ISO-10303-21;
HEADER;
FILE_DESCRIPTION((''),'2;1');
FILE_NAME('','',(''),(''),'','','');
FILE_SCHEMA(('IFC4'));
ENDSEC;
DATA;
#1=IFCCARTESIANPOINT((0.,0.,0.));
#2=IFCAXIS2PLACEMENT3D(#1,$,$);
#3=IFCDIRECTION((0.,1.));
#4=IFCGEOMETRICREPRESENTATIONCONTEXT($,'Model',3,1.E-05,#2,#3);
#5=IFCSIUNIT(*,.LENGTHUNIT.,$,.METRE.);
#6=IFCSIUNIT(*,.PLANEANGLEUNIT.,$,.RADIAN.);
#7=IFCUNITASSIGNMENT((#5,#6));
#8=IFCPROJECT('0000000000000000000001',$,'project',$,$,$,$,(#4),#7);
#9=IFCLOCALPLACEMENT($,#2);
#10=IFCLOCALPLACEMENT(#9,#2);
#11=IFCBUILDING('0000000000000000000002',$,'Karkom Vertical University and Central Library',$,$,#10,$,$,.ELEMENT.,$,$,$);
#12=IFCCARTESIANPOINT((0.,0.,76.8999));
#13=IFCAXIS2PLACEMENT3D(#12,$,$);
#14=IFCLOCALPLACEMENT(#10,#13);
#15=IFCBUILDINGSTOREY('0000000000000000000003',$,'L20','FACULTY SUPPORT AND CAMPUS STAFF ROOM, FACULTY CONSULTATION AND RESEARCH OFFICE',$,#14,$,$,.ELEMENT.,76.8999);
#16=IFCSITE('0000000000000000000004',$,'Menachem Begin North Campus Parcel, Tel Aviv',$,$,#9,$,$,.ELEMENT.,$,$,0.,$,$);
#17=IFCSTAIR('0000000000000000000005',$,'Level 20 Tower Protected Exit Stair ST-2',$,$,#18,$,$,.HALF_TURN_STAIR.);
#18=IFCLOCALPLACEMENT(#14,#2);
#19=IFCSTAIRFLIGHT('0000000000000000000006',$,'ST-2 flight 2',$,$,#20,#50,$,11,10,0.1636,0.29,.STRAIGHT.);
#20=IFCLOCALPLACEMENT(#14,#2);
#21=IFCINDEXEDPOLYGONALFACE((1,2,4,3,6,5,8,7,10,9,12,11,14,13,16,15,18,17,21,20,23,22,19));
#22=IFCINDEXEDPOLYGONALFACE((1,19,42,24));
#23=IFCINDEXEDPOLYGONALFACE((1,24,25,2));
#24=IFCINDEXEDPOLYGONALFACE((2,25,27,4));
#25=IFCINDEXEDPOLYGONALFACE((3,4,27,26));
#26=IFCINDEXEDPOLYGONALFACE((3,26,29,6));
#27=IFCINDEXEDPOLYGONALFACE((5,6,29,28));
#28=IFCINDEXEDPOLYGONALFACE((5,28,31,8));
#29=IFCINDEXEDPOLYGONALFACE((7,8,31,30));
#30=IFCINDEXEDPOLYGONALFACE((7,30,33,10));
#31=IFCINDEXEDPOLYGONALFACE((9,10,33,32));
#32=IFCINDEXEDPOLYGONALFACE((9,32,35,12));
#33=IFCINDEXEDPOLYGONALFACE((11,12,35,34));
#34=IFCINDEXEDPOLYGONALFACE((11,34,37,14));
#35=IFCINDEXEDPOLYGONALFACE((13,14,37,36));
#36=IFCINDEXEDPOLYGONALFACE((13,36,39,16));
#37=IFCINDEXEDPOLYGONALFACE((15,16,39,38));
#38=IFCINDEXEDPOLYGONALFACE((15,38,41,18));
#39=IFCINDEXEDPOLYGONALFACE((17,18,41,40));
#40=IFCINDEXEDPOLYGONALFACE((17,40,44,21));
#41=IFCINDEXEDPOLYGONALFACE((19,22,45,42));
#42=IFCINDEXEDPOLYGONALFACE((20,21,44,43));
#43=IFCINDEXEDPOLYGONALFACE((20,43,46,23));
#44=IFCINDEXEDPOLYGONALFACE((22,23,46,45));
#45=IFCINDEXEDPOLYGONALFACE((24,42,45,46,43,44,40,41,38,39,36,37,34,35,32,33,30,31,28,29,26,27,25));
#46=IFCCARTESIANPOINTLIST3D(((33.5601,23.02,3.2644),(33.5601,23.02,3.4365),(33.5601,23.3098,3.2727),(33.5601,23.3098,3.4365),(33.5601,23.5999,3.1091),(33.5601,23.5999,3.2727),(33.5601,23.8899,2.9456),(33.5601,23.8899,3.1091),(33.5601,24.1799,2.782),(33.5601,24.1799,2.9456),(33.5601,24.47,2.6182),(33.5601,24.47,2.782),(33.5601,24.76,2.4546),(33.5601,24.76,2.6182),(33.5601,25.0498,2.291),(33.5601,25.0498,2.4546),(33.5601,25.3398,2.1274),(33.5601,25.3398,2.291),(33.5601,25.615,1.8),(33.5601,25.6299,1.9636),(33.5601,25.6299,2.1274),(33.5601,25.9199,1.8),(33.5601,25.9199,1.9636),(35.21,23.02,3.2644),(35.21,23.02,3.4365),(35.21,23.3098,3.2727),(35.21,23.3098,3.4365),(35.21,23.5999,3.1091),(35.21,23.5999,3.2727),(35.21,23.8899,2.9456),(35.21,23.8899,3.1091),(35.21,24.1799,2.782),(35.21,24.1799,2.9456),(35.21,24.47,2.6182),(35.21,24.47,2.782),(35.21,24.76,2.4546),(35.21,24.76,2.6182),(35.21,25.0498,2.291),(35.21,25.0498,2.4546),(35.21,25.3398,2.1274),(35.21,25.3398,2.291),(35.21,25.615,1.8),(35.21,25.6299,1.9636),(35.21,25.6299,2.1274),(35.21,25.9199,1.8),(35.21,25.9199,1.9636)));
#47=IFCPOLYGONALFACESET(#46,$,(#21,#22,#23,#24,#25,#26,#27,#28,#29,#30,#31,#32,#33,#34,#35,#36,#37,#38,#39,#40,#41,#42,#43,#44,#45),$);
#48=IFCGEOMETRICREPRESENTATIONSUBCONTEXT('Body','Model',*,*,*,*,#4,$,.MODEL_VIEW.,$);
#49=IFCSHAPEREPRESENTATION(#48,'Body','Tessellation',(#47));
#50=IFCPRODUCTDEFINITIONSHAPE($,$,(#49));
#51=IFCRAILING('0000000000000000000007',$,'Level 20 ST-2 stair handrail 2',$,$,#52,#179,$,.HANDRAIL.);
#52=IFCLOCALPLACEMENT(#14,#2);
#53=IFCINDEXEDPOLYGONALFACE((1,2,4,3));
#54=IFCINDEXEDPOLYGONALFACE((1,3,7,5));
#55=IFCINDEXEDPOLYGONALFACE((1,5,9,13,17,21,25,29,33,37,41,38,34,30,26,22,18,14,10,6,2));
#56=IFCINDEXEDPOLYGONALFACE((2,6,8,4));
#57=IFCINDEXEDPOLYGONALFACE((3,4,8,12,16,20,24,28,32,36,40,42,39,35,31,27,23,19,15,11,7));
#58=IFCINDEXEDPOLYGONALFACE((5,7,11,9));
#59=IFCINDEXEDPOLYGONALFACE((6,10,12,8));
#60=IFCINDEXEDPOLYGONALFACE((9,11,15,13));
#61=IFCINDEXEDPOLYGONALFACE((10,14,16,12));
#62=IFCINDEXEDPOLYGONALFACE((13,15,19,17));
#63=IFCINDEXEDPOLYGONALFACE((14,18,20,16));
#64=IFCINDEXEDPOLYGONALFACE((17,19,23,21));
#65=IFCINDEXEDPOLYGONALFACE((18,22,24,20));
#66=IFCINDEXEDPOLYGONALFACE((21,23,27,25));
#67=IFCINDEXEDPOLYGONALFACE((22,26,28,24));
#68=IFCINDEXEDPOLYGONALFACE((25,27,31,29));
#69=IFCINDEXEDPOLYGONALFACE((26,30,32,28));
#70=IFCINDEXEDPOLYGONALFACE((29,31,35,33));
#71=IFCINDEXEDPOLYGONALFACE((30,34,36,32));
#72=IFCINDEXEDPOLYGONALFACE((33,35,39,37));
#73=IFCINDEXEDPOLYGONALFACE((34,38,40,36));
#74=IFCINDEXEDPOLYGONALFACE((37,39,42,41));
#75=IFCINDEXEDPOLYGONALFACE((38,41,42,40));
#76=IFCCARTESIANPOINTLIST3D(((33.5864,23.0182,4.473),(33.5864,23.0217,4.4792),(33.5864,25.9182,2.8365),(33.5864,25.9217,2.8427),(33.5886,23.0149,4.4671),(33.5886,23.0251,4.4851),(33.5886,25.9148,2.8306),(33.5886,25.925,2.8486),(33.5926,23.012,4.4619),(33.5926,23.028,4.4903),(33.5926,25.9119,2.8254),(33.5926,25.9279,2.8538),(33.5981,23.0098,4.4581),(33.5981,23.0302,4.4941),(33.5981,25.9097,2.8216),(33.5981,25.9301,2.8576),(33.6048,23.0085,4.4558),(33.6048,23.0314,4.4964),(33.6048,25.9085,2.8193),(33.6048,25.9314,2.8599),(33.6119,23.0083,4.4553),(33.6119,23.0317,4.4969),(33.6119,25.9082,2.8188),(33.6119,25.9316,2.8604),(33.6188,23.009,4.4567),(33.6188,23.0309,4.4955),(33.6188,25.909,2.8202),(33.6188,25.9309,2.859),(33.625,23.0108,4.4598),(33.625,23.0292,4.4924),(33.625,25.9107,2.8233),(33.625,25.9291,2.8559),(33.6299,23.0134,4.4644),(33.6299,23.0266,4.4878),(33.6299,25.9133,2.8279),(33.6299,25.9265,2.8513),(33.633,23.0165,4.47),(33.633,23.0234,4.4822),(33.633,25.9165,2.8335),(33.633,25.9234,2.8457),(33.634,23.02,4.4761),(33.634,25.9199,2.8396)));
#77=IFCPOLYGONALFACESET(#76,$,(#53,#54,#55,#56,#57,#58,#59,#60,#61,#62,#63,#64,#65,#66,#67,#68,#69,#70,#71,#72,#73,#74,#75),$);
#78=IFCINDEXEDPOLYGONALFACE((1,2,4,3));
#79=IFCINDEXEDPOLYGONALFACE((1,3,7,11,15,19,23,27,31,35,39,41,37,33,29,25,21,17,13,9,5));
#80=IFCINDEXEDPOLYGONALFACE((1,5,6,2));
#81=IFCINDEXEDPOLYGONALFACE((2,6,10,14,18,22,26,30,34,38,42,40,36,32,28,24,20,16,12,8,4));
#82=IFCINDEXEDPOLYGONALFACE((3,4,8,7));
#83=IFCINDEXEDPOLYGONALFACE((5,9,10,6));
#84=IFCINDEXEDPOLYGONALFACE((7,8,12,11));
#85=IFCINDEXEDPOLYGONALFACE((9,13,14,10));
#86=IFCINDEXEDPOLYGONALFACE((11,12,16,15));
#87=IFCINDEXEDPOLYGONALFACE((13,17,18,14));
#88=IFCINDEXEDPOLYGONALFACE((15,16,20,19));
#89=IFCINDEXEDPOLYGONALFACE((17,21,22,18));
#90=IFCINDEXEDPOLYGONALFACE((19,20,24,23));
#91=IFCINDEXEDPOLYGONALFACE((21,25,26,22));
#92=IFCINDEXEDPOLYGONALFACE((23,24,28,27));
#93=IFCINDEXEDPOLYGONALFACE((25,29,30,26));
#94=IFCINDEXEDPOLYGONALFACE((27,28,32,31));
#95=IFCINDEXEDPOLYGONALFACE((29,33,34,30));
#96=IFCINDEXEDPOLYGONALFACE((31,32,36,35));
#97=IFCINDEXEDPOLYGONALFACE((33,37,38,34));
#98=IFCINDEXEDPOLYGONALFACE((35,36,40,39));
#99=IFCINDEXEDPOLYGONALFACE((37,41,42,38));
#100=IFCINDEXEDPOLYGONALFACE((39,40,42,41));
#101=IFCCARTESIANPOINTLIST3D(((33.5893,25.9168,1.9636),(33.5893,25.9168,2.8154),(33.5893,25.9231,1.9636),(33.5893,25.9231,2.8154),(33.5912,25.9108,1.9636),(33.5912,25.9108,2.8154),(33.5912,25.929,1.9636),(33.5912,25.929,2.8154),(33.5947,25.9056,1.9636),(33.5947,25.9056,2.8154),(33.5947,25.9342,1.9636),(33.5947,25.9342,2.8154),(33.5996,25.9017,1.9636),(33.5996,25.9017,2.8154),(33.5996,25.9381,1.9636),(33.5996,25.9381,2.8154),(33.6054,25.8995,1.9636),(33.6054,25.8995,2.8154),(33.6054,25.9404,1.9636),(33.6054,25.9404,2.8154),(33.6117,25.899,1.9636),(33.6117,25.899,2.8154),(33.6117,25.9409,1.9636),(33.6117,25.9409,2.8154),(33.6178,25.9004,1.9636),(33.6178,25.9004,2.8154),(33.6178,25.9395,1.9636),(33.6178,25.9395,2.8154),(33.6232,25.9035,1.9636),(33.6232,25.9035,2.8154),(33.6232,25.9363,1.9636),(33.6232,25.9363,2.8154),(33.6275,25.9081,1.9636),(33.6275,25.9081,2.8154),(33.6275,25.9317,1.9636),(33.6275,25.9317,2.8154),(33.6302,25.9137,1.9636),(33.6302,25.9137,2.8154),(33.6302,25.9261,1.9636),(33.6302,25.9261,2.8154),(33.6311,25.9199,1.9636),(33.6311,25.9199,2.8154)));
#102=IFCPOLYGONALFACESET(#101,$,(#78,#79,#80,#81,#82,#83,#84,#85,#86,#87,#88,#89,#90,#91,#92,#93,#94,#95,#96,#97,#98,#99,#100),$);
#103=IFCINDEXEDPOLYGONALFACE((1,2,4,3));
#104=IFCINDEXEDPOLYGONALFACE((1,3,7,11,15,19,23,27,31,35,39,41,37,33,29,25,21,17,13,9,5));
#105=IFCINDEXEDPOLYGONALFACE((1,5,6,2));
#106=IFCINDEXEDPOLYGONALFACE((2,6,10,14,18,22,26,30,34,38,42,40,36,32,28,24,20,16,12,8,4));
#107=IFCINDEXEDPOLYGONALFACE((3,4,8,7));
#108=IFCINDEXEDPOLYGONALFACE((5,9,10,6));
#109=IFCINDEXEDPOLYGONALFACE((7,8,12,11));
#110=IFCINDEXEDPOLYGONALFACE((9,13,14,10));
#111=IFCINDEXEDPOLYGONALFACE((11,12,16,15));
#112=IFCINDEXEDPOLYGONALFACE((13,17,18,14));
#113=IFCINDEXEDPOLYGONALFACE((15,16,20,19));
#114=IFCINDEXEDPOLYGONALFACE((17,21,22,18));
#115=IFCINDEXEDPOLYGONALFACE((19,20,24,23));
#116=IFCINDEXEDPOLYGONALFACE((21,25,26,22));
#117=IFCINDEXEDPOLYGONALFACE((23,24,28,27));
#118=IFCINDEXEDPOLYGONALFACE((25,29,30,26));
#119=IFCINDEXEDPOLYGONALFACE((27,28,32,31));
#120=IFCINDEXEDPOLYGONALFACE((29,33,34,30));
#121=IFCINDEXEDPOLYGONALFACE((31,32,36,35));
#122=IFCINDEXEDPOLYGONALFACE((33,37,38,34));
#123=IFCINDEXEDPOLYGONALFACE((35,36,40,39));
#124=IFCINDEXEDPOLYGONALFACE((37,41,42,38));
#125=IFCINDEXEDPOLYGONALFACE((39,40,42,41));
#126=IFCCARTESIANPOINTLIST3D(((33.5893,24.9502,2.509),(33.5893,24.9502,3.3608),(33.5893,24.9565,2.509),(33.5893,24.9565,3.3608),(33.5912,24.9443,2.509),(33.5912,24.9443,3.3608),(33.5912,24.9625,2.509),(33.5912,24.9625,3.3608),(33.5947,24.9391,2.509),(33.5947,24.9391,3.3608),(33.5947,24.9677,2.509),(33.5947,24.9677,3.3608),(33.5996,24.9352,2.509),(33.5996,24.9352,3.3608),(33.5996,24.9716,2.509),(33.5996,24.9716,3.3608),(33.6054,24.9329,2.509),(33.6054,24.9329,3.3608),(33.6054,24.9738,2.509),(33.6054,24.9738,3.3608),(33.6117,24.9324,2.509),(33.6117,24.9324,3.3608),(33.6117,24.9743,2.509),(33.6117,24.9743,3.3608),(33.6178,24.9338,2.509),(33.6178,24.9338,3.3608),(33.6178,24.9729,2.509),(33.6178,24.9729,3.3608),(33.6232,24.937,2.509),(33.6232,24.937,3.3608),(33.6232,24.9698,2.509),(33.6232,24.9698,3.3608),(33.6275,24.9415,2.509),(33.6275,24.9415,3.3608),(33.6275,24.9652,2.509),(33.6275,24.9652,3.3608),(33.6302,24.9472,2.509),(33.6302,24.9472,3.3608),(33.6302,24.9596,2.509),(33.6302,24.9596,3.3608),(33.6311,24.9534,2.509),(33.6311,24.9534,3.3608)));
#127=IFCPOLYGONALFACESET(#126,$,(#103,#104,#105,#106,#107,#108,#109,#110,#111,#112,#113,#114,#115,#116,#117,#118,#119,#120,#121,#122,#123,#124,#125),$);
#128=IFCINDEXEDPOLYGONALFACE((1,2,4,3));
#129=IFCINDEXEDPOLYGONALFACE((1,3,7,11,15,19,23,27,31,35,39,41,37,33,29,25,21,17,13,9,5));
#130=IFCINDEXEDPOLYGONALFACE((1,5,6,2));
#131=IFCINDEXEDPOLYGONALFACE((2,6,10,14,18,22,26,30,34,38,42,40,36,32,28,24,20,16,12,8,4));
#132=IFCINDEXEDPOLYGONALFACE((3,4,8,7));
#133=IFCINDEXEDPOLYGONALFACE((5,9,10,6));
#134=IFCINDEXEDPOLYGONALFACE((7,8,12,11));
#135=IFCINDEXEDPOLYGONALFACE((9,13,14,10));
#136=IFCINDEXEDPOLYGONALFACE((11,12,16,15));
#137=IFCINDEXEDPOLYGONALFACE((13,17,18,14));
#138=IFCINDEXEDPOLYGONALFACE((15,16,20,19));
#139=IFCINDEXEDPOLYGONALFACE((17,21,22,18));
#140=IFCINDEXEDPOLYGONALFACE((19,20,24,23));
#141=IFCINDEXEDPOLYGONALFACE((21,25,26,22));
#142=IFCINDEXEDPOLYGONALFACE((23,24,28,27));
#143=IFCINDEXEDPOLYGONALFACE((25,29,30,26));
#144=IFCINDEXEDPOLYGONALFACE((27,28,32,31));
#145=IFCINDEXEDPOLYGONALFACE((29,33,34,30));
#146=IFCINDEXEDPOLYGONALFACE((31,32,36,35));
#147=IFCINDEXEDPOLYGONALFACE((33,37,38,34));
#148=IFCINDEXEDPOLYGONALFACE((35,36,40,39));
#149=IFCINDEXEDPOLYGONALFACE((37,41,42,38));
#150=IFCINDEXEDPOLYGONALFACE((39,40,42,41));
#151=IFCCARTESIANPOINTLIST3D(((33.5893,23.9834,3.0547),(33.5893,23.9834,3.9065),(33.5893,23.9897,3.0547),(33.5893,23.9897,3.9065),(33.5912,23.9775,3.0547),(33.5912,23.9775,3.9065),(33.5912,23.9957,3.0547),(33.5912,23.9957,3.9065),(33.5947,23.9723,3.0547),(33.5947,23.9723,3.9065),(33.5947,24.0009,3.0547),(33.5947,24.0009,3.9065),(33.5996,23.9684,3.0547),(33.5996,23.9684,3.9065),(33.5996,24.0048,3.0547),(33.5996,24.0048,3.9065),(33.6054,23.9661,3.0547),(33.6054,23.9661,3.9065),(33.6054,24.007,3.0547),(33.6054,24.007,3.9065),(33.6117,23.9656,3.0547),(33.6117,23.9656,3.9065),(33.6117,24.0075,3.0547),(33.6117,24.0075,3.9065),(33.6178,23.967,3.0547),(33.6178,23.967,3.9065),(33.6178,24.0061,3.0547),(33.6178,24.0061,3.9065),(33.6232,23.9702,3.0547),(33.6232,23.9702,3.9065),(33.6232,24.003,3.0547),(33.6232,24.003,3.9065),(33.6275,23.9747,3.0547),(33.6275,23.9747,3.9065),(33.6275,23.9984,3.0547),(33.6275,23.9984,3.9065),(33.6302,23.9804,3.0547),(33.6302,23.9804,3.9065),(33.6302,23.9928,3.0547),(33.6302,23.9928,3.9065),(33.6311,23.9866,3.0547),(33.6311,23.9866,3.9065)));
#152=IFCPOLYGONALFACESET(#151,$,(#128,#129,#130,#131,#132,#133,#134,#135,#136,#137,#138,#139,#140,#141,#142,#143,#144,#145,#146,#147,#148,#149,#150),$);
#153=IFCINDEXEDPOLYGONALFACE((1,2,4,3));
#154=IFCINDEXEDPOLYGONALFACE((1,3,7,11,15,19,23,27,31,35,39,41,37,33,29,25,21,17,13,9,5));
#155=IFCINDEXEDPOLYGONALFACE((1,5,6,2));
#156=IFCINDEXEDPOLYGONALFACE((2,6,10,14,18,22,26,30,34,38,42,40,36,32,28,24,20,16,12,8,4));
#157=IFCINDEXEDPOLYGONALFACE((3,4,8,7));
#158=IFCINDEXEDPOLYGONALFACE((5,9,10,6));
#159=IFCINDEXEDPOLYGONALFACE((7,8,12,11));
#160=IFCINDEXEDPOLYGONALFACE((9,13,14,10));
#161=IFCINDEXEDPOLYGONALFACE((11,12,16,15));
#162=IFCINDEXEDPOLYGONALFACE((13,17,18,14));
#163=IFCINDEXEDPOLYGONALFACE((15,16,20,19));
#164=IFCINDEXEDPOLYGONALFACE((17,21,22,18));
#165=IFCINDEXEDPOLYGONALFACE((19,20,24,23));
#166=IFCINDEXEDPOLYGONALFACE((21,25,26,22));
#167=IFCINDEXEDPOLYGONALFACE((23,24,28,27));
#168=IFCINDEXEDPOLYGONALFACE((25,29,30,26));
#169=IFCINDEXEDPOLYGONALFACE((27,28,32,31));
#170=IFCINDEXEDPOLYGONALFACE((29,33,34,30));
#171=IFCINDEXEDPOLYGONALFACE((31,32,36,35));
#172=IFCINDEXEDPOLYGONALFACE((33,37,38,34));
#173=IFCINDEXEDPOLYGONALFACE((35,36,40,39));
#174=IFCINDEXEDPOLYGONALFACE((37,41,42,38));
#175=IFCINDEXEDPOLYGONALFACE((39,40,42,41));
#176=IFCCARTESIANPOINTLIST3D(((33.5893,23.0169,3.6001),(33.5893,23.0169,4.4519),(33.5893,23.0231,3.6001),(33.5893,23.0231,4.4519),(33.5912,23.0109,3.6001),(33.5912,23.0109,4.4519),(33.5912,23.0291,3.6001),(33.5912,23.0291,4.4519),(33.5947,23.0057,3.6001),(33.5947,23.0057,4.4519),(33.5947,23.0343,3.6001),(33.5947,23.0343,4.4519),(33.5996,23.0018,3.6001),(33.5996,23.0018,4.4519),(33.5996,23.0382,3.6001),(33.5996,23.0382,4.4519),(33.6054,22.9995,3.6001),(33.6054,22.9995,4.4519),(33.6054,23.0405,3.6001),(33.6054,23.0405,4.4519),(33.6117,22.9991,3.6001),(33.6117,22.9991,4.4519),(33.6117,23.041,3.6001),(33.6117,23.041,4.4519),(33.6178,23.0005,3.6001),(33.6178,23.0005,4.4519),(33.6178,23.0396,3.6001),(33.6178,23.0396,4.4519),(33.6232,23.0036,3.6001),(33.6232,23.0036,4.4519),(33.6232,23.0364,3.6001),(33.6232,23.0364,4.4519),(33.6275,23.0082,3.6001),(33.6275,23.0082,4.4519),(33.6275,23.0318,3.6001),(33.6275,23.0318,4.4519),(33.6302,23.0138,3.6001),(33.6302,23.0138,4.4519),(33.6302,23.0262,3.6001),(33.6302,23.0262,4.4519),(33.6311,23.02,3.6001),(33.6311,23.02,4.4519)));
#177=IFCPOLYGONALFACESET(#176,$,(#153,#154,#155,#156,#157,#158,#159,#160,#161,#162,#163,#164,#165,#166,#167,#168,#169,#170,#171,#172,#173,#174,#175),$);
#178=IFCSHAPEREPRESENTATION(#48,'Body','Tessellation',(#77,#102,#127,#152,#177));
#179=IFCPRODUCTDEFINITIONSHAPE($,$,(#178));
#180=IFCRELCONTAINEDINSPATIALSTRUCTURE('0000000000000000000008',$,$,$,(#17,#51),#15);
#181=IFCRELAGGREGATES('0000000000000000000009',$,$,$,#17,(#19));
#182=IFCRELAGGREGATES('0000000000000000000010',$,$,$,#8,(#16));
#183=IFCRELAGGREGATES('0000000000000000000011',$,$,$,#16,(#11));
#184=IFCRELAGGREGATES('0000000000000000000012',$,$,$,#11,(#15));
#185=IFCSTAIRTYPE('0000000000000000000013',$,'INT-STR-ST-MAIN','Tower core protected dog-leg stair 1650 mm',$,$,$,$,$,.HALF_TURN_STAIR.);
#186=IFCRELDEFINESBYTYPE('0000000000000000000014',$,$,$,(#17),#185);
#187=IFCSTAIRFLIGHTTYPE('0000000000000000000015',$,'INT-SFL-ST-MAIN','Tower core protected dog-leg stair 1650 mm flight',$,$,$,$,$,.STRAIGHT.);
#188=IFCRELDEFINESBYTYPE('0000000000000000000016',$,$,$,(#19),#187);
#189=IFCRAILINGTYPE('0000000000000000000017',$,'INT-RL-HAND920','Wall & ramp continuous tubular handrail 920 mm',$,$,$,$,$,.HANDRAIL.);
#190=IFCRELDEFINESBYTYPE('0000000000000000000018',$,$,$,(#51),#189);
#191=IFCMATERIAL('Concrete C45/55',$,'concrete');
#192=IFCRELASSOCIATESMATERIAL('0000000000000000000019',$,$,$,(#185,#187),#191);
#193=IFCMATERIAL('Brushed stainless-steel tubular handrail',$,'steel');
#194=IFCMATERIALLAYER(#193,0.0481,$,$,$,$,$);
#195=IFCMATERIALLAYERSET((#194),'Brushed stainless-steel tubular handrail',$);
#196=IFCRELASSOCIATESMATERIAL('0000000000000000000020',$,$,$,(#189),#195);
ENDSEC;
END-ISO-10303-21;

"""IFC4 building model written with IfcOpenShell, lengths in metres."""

from ifc_helpers import new_model, si_unit, direction, frame, origin, origin_2d, place, context, subcontext, project, spatial, polyline, circle, outline, extrude, material, layer, layer_set, type_object, element, aggregate, save


model = new_model("IFC4")

# Units and contexts
model_context = context("Model", 3, precision=1e-05, world=origin(), true_north=direction((0.0, 1.0)))
body_context = subcontext(model_context, "Body", "Model", "MODEL_VIEW")
ifc_project = project(units=[si_unit("LENGTHUNIT", "METRE"), si_unit("PLANEANGLEUNIT", "RADIAN")], contexts=[model_context])

# Site, building, storey
site_placement = place(None, origin())
site = spatial("IfcSite", under=ifc_project, at=site_placement, Name="Menachem Begin North Campus Parcel, Tel Aviv", CompositionType="ELEMENT", RefElevation=0.0)
building_placement = place(site_placement, origin())
building = spatial("IfcBuilding", under=site, at=building_placement, Name="Karkom Vertical University and Central Library", CompositionType="ELEMENT")
storey_placement = place(building_placement, frame((0.0, 0.0, 76.8999)))
storey = spatial("IfcBuildingStorey", under=building, at=storey_placement, Name="L20", Description="FACULTY SUPPORT AND CAMPUS STAFF ROOM, FACULTY CONSULTATION AND RESEARCH OFFICE", CompositionType="ELEMENT", Elevation=76.8999)

# Shared definitions
ifc_material_1 = material(Name="Concrete C45/55", Category="concrete")

# Stair, stair flight
stair_type = type_object("IfcStairType", Name="INT-STR-ST-MAIN", Description="Tower core protected dog-leg stair 1650 mm", PredefinedType="HALF_TURN_STAIR", material=ifc_material_1)
stair_placement = place(storey_placement, origin())
stair = element("IfcStair", 1, at=stair_placement, inside=storey, type_object=stair_type, Name="Level 20 Tower Protected Exit Stair ST-2", PredefinedType="HALF_TURN_STAIR")
stair_flight_type = type_object("IfcStairFlightType", Name="INT-SFL-ST-MAIN", Description="Tower core protected dog-leg stair 1650 mm flight", PredefinedType="STRAIGHT", material=ifc_material_1)
stair_flight_placement = place(storey_placement, frame((34.385, 25.9199, 1.8), z_axis=(0.0, 0.0, 1.0), x_axis=(0.0, -1.0, 0.0)))
stair_flight = element("IfcStairFlight", 2, at=stair_flight_placement, type_object=stair_flight_type, Name="ST-2 flight 2", NumberOfRisers=11, NumberOfTreads=10, PredefinedType="STRAIGHT", RiserHeight=0.1636, TreadLength=0.29, context=body_context, shape_type="SweptSolid", body=[
    extrude(outline(polyline([(0.0, 0.0), (0.0, 0.1636), (0.29, 0.1636), (0.29, 0.3274), (0.5801, 0.3274), (0.5801, 0.491), (0.8701, 0.491), (0.8701, 0.6545), (1.1599, 0.6545), (1.1599, 0.8181), (1.45, 0.8181), (1.45, 0.9819), (1.74, 0.9819), (1.74, 1.1455), (2.03, 1.1455), (2.03, 1.3091), (2.3201, 1.3091), (2.3201, 1.4727), (2.6101, 1.4727), (2.6101, 1.6365), (2.8999, 1.6365), (2.8999, 1.8), (2.8999, 1.4644), (0.3049, 0.0), (0.0, 0.0)])), frame((0.0, 0.825, 0.0), z_axis=(0.0, -1.0, 0.0), x_axis=(1.0, 0.0, 0.0)), (0.0, 0.0, 1.0), 1.6499),
])
aggregate(stair, [stair_flight])

# Railing
ifc_material_2 = material(Name="Brushed stainless-steel tubular handrail", Category="steel")
ifc_layer_1 = layer(ifc_material_2, 0.0481)
ifc_layer_set_1 = layer_set([ifc_layer_1], Name="Brushed stainless-steel tubular handrail")
railing_type = type_object("IfcRailingType", Name="INT-RL-HAND920", Description="Wall & ramp continuous tubular handrail 920 mm", PredefinedType="HANDRAIL", material=ifc_layer_set_1)
railing_placement = place(storey_placement, frame((33.6101, 25.9199, 1.9636)))
element("IfcRailing", 3, at=railing_placement, inside=storey, type_object=railing_type, Name="Level 20 ST-2 stair handrail 2", PredefinedType="HANDRAIL", context=body_context, shape_type="SweptSolid", body=[
    extrude(circle(Radius=0.0239, at=origin_2d()), frame((0.0, 0.0, 0.876), z_axis=(0.0, -0.870897, 0.491465), x_axis=(1.0, 0.0, 0.0)), (0.0, 0.0, 1.0), 3.3298),
    extrude(circle(Radius=0.021, at=origin_2d()), origin(), (0.0, 0.0, 1.0), 0.8518),
    extrude(circle(Radius=0.021, at=origin_2d()), frame((0.0, -0.9666, 0.5454)), (0.0, 0.0, 1.0), 0.8518),
    extrude(circle(Radius=0.021, at=origin_2d()), frame((0.0, -1.9333, 1.0911)), (0.0, 0.0, 1.0), 0.8518),
    extrude(circle(Radius=0.021, at=origin_2d()), frame((0.0, -2.8999, 1.6365)), (0.0, 0.0, 1.0), 0.8518),
])

save(model, "model.ifc")
